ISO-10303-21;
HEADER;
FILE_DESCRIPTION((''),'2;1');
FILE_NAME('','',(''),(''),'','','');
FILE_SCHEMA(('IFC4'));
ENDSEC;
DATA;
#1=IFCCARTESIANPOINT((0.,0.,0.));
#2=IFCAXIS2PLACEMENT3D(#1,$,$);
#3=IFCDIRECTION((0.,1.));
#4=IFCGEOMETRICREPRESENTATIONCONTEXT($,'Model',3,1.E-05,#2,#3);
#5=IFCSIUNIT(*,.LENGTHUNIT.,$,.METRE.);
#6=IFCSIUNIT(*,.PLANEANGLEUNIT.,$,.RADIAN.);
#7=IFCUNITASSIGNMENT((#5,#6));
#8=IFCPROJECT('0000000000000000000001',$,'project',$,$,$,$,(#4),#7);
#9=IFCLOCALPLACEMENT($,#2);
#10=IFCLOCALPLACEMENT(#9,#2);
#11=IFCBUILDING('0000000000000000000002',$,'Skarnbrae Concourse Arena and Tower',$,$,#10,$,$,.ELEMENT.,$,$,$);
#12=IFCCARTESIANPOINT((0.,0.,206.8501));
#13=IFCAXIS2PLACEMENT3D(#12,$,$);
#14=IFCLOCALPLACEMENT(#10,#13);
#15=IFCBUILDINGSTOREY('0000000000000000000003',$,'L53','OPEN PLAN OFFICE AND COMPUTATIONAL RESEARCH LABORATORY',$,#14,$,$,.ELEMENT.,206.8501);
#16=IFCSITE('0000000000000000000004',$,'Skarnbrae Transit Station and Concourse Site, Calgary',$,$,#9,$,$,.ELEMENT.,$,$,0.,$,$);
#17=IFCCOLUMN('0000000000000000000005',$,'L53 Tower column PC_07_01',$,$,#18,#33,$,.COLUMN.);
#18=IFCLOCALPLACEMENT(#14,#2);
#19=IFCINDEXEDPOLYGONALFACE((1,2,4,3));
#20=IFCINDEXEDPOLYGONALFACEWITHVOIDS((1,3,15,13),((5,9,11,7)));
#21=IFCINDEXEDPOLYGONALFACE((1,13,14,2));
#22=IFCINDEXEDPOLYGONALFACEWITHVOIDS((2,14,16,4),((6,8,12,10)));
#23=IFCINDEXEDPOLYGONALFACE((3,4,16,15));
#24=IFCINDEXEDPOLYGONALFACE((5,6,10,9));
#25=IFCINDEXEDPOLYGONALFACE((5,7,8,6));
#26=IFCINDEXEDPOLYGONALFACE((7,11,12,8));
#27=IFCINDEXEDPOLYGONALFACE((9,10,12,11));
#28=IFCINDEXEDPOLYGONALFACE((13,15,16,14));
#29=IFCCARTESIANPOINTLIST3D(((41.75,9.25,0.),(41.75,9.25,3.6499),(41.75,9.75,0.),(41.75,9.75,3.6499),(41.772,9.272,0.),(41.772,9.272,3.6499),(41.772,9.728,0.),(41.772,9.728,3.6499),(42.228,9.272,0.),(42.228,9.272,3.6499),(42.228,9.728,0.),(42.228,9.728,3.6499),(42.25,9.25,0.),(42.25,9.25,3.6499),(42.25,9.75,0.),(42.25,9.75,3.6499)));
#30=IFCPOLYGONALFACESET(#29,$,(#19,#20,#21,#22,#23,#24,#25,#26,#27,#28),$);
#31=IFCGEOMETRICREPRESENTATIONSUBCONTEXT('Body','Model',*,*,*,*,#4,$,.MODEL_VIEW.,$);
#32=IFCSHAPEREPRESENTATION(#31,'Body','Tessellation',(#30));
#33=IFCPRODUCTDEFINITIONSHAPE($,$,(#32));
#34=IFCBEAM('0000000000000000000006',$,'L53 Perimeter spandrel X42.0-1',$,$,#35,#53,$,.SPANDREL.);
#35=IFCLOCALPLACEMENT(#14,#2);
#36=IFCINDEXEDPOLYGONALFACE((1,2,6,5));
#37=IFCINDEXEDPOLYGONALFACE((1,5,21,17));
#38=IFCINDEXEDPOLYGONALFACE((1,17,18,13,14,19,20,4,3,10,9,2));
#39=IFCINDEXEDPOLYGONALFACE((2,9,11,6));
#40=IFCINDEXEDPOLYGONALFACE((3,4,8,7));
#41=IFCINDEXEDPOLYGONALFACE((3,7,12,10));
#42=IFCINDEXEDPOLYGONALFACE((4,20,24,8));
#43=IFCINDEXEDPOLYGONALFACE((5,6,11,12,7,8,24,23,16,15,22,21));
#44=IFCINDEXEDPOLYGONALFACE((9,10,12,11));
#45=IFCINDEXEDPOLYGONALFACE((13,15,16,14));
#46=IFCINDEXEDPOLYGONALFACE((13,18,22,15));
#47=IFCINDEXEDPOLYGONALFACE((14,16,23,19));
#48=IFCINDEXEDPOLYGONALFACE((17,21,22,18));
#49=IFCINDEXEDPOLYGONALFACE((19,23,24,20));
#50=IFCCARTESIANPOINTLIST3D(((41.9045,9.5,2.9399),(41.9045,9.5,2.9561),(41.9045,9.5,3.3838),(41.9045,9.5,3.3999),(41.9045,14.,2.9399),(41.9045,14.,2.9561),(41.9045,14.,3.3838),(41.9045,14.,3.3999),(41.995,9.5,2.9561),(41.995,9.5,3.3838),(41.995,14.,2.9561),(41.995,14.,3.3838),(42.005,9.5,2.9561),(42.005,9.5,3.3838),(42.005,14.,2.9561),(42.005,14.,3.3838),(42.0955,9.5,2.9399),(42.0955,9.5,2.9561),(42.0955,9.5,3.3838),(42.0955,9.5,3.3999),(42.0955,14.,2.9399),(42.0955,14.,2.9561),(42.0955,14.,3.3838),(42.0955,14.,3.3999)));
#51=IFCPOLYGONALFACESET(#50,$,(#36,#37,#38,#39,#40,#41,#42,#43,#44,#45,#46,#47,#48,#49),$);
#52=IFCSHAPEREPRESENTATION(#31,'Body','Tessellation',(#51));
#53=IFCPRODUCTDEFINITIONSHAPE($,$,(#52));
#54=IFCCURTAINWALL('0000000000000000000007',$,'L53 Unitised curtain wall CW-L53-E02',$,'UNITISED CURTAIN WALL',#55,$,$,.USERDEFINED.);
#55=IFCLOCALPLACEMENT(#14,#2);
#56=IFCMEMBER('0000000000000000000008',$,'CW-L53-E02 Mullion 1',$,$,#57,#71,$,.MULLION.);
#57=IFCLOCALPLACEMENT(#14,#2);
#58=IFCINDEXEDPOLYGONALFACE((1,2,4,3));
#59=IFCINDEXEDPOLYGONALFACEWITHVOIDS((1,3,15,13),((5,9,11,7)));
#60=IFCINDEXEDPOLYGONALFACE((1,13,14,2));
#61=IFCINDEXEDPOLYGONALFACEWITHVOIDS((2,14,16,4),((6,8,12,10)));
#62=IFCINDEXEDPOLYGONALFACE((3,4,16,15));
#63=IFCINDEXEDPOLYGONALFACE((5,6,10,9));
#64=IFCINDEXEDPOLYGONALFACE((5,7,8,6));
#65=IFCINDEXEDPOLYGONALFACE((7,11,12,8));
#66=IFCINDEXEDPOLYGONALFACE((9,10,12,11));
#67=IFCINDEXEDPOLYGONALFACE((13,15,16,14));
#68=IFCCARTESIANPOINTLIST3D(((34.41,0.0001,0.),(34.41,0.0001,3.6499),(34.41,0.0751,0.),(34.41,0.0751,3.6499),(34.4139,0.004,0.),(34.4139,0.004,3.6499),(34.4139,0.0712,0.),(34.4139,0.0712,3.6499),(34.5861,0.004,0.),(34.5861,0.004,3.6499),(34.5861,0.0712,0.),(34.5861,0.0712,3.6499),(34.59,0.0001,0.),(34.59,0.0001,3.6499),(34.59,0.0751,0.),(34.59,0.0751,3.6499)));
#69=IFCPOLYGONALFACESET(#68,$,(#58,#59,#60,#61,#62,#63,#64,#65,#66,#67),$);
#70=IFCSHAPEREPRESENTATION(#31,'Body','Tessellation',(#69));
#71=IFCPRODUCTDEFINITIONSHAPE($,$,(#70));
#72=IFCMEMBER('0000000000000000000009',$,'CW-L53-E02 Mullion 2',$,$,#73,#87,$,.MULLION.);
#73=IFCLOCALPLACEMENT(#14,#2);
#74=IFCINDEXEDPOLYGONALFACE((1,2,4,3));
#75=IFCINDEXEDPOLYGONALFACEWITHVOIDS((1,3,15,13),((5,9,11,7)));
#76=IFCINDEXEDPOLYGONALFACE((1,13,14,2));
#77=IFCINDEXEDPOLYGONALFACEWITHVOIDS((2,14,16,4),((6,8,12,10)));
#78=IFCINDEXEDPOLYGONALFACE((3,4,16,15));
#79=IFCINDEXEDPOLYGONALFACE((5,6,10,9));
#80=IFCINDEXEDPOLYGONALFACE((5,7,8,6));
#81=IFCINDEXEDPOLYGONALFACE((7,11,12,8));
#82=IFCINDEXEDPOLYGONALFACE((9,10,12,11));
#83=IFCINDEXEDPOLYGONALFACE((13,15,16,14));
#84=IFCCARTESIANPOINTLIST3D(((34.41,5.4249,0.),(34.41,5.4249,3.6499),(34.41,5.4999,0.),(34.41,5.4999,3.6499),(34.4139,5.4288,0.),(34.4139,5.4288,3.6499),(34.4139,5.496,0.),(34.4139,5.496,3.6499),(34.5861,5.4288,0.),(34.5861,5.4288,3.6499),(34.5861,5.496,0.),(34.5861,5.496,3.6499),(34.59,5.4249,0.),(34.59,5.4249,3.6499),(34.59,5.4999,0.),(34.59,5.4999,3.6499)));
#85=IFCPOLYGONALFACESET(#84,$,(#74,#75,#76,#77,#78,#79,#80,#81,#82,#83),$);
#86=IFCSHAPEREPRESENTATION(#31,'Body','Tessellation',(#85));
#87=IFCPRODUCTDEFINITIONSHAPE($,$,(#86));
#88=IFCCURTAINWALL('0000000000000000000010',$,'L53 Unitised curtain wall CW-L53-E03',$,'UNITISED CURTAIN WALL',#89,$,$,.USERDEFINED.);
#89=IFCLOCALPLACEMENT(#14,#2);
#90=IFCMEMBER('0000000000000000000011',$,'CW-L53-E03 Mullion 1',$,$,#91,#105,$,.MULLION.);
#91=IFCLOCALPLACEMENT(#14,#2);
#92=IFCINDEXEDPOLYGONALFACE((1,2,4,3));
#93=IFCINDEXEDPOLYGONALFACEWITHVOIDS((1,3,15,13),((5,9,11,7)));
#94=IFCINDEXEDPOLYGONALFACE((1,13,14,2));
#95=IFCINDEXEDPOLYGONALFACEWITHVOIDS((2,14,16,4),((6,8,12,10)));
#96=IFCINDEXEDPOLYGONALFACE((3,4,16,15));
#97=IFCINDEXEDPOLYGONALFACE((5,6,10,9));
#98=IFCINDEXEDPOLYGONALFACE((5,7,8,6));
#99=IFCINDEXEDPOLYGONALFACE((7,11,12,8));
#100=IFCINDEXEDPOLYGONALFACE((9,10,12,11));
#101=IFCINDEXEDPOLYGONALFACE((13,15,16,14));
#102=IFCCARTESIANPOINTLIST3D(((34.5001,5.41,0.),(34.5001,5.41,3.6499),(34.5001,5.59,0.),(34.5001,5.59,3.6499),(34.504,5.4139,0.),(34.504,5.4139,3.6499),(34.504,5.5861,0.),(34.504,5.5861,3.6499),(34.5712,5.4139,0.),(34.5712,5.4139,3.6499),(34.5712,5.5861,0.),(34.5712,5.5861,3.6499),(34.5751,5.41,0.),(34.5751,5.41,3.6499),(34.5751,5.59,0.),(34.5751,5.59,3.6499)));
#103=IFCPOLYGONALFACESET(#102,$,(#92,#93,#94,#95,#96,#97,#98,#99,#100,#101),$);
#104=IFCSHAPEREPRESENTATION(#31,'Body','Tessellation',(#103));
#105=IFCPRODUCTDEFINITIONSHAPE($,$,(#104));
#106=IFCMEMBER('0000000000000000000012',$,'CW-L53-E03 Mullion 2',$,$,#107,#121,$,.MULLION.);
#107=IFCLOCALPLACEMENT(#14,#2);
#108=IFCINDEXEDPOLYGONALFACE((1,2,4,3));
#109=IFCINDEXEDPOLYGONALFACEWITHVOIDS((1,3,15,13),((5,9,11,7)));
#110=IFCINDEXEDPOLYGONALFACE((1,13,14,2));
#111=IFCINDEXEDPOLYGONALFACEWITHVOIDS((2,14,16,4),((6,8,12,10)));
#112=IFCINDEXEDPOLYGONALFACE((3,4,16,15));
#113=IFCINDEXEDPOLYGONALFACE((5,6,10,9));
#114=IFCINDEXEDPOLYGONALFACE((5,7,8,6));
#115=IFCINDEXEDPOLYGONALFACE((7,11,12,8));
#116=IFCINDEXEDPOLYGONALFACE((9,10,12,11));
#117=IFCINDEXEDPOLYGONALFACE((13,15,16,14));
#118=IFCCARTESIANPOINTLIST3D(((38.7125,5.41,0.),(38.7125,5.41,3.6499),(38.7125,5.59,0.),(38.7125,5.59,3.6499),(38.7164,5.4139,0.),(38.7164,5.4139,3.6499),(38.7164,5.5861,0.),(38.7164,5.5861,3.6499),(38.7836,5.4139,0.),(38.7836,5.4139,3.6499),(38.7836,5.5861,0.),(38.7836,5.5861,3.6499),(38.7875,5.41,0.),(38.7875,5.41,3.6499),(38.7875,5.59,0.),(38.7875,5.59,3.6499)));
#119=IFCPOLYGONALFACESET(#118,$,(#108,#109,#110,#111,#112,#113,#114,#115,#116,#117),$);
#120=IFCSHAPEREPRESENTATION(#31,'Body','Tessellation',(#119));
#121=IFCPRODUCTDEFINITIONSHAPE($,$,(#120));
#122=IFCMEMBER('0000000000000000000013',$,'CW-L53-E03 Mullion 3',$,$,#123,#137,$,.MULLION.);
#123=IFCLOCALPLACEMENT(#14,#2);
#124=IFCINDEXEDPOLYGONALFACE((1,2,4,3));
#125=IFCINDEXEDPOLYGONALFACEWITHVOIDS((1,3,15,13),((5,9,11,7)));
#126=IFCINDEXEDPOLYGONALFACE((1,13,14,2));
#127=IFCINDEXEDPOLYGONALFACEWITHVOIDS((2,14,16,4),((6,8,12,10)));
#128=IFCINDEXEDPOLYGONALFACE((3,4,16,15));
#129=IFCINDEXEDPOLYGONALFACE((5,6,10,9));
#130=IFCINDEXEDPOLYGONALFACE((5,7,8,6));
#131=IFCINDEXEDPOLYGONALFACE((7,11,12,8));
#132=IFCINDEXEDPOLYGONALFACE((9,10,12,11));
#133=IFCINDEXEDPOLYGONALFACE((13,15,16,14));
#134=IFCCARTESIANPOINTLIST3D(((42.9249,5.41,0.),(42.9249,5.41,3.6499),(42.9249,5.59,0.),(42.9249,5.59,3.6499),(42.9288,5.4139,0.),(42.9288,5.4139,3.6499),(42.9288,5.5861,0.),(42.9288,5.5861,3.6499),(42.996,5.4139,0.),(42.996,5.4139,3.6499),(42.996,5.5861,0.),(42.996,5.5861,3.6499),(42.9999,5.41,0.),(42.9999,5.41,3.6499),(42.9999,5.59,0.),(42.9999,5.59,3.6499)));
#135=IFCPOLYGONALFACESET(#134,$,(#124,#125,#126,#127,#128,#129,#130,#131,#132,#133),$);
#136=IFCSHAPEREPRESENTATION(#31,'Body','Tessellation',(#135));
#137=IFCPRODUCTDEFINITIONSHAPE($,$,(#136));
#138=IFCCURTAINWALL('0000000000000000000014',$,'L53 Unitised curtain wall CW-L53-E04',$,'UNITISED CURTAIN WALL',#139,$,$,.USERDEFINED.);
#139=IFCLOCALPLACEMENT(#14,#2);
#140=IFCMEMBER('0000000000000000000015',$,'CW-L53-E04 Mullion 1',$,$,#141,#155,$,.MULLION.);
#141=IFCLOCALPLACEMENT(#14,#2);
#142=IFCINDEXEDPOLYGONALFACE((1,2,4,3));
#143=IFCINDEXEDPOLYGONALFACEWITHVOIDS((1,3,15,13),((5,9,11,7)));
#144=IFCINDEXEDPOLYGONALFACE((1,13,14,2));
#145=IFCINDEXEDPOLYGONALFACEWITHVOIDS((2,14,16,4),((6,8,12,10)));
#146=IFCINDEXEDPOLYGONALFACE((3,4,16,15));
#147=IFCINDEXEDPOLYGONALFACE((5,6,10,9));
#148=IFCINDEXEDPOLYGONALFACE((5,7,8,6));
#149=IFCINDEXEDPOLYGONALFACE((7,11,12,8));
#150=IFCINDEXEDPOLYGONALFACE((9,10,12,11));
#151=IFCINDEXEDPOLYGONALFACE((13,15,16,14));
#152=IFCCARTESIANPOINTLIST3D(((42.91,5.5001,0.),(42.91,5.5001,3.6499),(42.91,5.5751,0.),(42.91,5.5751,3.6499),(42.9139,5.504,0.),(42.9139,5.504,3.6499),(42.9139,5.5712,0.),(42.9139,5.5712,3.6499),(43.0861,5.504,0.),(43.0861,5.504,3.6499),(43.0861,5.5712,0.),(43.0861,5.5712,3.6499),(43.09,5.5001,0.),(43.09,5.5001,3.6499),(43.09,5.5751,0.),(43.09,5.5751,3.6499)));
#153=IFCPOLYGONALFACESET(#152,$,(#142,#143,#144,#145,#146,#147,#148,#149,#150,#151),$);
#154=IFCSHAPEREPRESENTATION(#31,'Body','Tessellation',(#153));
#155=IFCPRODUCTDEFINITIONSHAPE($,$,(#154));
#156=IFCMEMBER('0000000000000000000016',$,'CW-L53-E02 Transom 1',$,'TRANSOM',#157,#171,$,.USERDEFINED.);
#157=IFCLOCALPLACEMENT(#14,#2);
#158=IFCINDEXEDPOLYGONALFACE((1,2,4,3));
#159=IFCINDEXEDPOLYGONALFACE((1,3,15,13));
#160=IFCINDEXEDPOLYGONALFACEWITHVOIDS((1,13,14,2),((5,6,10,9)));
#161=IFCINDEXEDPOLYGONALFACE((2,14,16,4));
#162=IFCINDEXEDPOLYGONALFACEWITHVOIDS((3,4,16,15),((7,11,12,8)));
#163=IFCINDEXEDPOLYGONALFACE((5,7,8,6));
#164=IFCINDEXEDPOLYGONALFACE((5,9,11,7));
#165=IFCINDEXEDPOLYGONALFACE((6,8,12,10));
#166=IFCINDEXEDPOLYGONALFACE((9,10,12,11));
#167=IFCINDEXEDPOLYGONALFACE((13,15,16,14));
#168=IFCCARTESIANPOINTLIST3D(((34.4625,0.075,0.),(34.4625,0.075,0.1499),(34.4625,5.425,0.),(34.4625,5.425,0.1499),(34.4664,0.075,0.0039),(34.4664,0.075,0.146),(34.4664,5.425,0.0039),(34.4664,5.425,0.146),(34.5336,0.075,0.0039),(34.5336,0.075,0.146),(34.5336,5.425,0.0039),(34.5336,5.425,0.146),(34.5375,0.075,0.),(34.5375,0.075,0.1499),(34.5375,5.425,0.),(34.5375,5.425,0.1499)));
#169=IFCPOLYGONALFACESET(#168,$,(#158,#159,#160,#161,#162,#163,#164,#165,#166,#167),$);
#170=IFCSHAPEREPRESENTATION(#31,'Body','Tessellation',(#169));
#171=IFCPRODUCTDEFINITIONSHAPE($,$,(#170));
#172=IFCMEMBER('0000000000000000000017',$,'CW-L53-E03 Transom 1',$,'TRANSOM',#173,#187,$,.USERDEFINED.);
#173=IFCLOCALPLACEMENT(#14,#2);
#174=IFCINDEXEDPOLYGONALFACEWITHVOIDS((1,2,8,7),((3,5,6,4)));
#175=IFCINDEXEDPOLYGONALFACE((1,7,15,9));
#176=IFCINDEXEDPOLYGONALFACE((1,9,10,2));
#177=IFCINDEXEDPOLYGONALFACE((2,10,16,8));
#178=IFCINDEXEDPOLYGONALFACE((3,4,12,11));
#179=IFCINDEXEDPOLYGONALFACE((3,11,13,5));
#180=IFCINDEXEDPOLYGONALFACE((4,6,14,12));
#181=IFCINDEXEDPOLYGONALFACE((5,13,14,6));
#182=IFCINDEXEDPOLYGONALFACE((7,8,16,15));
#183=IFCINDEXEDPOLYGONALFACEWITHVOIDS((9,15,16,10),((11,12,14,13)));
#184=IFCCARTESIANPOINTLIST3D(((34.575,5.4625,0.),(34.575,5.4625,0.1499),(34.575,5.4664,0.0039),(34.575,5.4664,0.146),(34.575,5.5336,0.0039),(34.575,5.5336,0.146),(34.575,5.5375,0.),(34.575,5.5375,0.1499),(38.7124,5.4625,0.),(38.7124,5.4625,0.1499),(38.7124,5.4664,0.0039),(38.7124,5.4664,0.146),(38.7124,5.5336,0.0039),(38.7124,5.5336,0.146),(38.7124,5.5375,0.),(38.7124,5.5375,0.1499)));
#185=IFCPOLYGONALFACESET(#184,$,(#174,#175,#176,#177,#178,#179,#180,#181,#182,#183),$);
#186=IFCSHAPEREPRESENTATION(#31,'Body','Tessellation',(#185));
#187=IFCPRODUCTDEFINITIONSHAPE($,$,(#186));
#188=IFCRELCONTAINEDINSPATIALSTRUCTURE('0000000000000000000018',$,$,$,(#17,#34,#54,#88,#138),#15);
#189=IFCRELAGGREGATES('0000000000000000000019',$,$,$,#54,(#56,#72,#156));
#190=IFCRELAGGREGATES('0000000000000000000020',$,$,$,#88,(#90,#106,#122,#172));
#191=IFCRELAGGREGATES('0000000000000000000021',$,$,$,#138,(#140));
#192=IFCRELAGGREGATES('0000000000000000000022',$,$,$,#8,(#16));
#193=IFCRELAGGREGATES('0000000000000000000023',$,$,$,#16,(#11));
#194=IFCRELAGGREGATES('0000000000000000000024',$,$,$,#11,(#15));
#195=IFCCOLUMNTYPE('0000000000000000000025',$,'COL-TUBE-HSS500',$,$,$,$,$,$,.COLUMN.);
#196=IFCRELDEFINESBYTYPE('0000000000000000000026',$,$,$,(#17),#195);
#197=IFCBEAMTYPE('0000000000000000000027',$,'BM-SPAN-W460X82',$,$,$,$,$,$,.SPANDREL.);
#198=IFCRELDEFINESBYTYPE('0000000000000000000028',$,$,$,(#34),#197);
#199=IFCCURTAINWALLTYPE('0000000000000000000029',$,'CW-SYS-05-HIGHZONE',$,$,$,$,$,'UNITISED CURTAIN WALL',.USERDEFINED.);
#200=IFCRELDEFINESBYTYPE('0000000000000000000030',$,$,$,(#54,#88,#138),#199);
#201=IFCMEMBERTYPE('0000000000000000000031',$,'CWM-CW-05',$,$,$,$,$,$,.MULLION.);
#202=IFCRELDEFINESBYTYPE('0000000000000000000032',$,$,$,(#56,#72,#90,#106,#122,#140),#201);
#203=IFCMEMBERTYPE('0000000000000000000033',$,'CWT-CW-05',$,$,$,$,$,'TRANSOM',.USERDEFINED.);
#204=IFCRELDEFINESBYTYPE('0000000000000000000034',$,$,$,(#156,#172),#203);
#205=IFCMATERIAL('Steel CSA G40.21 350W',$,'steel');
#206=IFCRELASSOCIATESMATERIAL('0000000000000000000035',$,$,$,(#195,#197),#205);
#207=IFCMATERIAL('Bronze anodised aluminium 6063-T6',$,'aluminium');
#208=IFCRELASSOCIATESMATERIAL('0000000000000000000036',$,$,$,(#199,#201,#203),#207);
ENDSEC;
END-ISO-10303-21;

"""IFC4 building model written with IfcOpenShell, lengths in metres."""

from ifc_helpers import new_model, si_unit, direction, frame, origin, origin_2d, place, context, subcontext, project, spatial, hollow_rectangle, i_section, extrude, source, transform, mapped, material, material_profile, profile_set, type_object, element, aggregate, save


model = new_model("IFC4")

# Units and contexts
model_context = context("Model", 3, precision=1e-05, world=origin(), true_north=direction((0.0, 1.0)))
body_context = subcontext(model_context, "Body", "Model", "MODEL_VIEW")
ifc_project = project(units=[si_unit("LENGTHUNIT", "METRE"), si_unit("PLANEANGLEUNIT", "RADIAN")], contexts=[model_context])

# Site, building, storey
site_placement = place(None, origin())
site = spatial("IfcSite", under=ifc_project, at=site_placement, Name="Skarnbrae Transit Station and Concourse Site, Calgary", CompositionType="ELEMENT", RefElevation=0.0)
building_placement = place(site_placement, origin())
building = spatial("IfcBuilding", under=site, at=building_placement, Name="Skarnbrae Concourse Arena and Tower", CompositionType="ELEMENT")
storey_placement = place(building_placement, frame((0.0, 0.0, 206.8501)))
storey = spatial("IfcBuildingStorey", under=building, at=storey_placement, Name="L53", Description="OPEN PLAN OFFICE AND COMPUTATIONAL RESEARCH LABORATORY", CompositionType="ELEMENT", Elevation=206.8501)

# Column
ifc_material_1 = material(Name="Steel CSA G40.21 350W", Category="steel")
ifc_material_profile_1 = material_profile(ifc_material_1, hollow_rectangle(XDim=0.5, YDim=0.5, WallThickness=0.022, at=origin_2d()), Name="HSS500X500X22.0")
ifc_profile_set_1 = profile_set([ifc_material_profile_1], Name="Steel CSA G40.21 350W")
column_type = type_object("IfcColumnType", Name="COL-TUBE-HSS500", PredefinedType="COLUMN", material=ifc_profile_set_1)
shared_shape_1 = source(origin(), body_context, "Body", "SweptSolid", [
    extrude(hollow_rectangle(XDim=0.5, YDim=0.5, WallThickness=0.022, at=origin_2d()), origin(), (0.0, 0.0, 1.0), 3.6499),
])
column_placement = place(storey_placement, frame((42.0, 9.5, 0.0), z_axis=(0.0, 0.0, 1.0), x_axis=(1.0, 0.0, 0.0)))
element("IfcColumn", 1, at=column_placement, inside=storey, type_object=column_type, Name="L53 Tower column PC_07_01", PredefinedType="COLUMN", context=body_context, shape_type="MappedRepresentation", body=[
    mapped(shared_shape_1, transform((0.0, 0.0, 0.0))),
])

# Beam
ifc_material_profile_2 = material_profile(ifc_material_1, i_section(OverallWidth=0.1909, OverallDepth=0.46, WebThickness=0.01, FlangeThickness=0.0161, at=origin_2d()), Name="W460X82")
ifc_profile_set_2 = profile_set([ifc_material_profile_2], Name="Steel CSA G40.21 350W")
beam_type = type_object("IfcBeamType", Name="BM-SPAN-W460X82", PredefinedType="SPANDREL", material=ifc_profile_set_2)
shared_shape_2 = source(origin(), body_context, "Body", "SweptSolid", [
    extrude(i_section(OverallWidth=0.1909, OverallDepth=0.46, WebThickness=0.01, FlangeThickness=0.0161, at=origin_2d()), origin(), (0.0, 0.0, 1.0), 4.5),
])
beam_placement = place(storey_placement, frame((42.0, 9.5, 3.1699), z_axis=(0.0, 1.0, 0.0), x_axis=(-1.0, 0.0, 0.0)))
element("IfcBeam", 2, at=beam_placement, inside=storey, type_object=beam_type, Name="L53 Perimeter spandrel X42.0-1", PredefinedType="SPANDREL", context=body_context, shape_type="MappedRepresentation", body=[
    mapped(shared_shape_2, transform((0.0, 0.0, 0.0))),
])

# Curtain walls, members
ifc_material_2 = material(Name="Bronze anodised aluminium 6063-T6", Category="aluminium")
curtain_wall_type = type_object("IfcCurtainWallType", Name="CW-SYS-05-HIGHZONE", ElementType="UNITISED CURTAIN WALL", PredefinedType="USERDEFINED", material=ifc_material_2)
curtain_wall_1_placement = place(storey_placement, origin())
curtain_wall_1 = element("IfcCurtainWall", 3, at=curtain_wall_1_placement, inside=storey, type_object=curtain_wall_type, Name="L53 Unitised curtain wall CW-L53-E02", ObjectType="UNITISED CURTAIN WALL", PredefinedType="USERDEFINED")
ifc_material_profile_3 = material_profile(ifc_material_2, hollow_rectangle(XDim=0.075, YDim=0.1799, WallThickness=0.0039, at=origin_2d()), Name="ALU-MULL-75X180")
ifc_profile_set_3 = profile_set([ifc_material_profile_3], Name="Bronze anodised aluminium 6063-T6")
member_type_1 = type_object("IfcMemberType", Name="CWM-CW-05", PredefinedType="MULLION", material=ifc_profile_set_3)
shared_shape_3 = source(origin(), body_context, "Body", "SweptSolid", [
    extrude(hollow_rectangle(XDim=0.075, YDim=0.1799, WallThickness=0.0039, at=origin_2d()), origin(), (0.0, 0.0, 1.0), 3.6499),
])
member_1_placement = place(storey_placement, frame((34.5, 0.0376, 0.0), z_axis=(0.0, 0.0, 1.0), x_axis=(0.0, 1.0, 0.0)))
member_1 = element("IfcMember", 4, at=member_1_placement, type_object=member_type_1, Name="CW-L53-E02 Mullion 1", PredefinedType="MULLION", context=body_context, shape_type="MappedRepresentation", body=[
    mapped(shared_shape_3, transform((0.0, 0.0, 0.0))),
])
member_2_placement = place(storey_placement, frame((34.5, 5.4624, 0.0), z_axis=(0.0, 0.0, 1.0), x_axis=(0.0, 1.0, 0.0)))
member_2 = element("IfcMember", 5, at=member_2_placement, type_object=member_type_1, Name="CW-L53-E02 Mullion 2", PredefinedType="MULLION", context=body_context, shape_type="MappedRepresentation", body=[
    mapped(shared_shape_3, transform((0.0, 0.0, 0.0))),
])
curtain_wall_2_placement = place(storey_placement, origin())
curtain_wall_2 = element("IfcCurtainWall", 6, at=curtain_wall_2_placement, inside=storey, type_object=curtain_wall_type, Name="L53 Unitised curtain wall CW-L53-E03", ObjectType="UNITISED CURTAIN WALL", PredefinedType="USERDEFINED")
member_3_placement = place(storey_placement, frame((34.5376, 5.5, 0.0), z_axis=(0.0, 0.0, 1.0), x_axis=(1.0, 0.0, 0.0)))
member_3 = element("IfcMember", 7, at=member_3_placement, type_object=member_type_1, Name="CW-L53-E03 Mullion 1", PredefinedType="MULLION", context=body_context, shape_type="MappedRepresentation", body=[
    mapped(shared_shape_3, transform((0.0, 0.0, 0.0))),
])
member_4_placement = place(storey_placement, frame((38.75, 5.5, 0.0), z_axis=(0.0, 0.0, 1.0), x_axis=(1.0, 0.0, 0.0)))
member_4 = element("IfcMember", 8, at=member_4_placement, type_object=member_type_1, Name="CW-L53-E03 Mullion 2", PredefinedType="MULLION", context=body_context, shape_type="MappedRepresentation", body=[
    mapped(shared_shape_3, transform((0.0, 0.0, 0.0))),
])
member_5_placement = place(storey_placement, frame((42.9624, 5.5, 0.0), z_axis=(0.0, 0.0, 1.0), x_axis=(1.0, 0.0, 0.0)))
member_5 = element("IfcMember", 9, at=member_5_placement, type_object=member_type_1, Name="CW-L53-E03 Mullion 3", PredefinedType="MULLION", context=body_context, shape_type="MappedRepresentation", body=[
    mapped(shared_shape_3, transform((0.0, 0.0, 0.0))),
])

# Curtain wall, member
curtain_wall_3_placement = place(storey_placement, origin())
curtain_wall_3 = element("IfcCurtainWall", 10, at=curtain_wall_3_placement, inside=storey, type_object=curtain_wall_type, Name="L53 Unitised curtain wall CW-L53-E04", ObjectType="UNITISED CURTAIN WALL", PredefinedType="USERDEFINED")
member_6_placement = place(storey_placement, frame((43.0, 5.5376, 0.0), z_axis=(0.0, 0.0, 1.0), x_axis=(0.0, 1.0, 0.0)))
member_6 = element("IfcMember", 11, at=member_6_placement, type_object=member_type_1, Name="CW-L53-E04 Mullion 1", PredefinedType="MULLION", context=body_context, shape_type="MappedRepresentation", body=[
    mapped(shared_shape_3, transform((0.0, 0.0, 0.0))),
])

# Members
ifc_material_profile_4 = material_profile(ifc_material_2, hollow_rectangle(XDim=0.075, YDim=0.1499, WallThickness=0.0039, at=origin_2d()), Name="ALU-TRAN-75X150")
ifc_profile_set_4 = profile_set([ifc_material_profile_4], Name="Bronze anodised aluminium 6063-T6")
member_type_2 = type_object("IfcMemberType", Name="CWT-CW-05", ElementType="TRANSOM", PredefinedType="USERDEFINED", material=ifc_profile_set_4)
shared_shape_4 = source(origin(), body_context, "Body", "SweptSolid", [
    extrude(hollow_rectangle(XDim=0.075, YDim=0.1499, WallThickness=0.0039, at=origin_2d()), origin(), (0.0, 0.0, 1.0), 5.3501),
])
member_7_placement = place(storey_placement, frame((34.5, 0.075, 0.075), z_axis=(0.0, 1.0, 0.0), x_axis=(-1.0, 0.0, 0.0)))
member_7 = element("IfcMember", 12, at=member_7_placement, type_object=member_type_2, Name="CW-L53-E02 Transom 1", ObjectType="TRANSOM", PredefinedType="USERDEFINED", context=body_context, shape_type="MappedRepresentation", body=[
    mapped(shared_shape_4, transform((0.0, 0.0, 0.0))),
])
shared_shape_5 = source(origin(), body_context, "Body", "SweptSolid", [
    extrude(hollow_rectangle(XDim=0.075, YDim=0.1499, WallThickness=0.0039, at=origin_2d()), origin(), (0.0, 0.0, 1.0), 4.1375),
])
member_8_placement = place(storey_placement, frame((34.575, 5.5, 0.075), z_axis=(1.0, 0.0, 0.0), x_axis=(0.0, 1.0, 0.0)))
member_8 = element("IfcMember", 13, at=member_8_placement, type_object=member_type_2, Name="CW-L53-E03 Transom 1", ObjectType="TRANSOM", PredefinedType="USERDEFINED", context=body_context, shape_type="MappedRepresentation", body=[
    mapped(shared_shape_5, transform((0.0, 0.0, 0.0))),
])

aggregate(curtain_wall_1, [member_1, member_2, member_7])
aggregate(curtain_wall_2, [member_3, member_4, member_5, member_8])
aggregate(curtain_wall_3, [member_6])

save(model, "model.ifc")
